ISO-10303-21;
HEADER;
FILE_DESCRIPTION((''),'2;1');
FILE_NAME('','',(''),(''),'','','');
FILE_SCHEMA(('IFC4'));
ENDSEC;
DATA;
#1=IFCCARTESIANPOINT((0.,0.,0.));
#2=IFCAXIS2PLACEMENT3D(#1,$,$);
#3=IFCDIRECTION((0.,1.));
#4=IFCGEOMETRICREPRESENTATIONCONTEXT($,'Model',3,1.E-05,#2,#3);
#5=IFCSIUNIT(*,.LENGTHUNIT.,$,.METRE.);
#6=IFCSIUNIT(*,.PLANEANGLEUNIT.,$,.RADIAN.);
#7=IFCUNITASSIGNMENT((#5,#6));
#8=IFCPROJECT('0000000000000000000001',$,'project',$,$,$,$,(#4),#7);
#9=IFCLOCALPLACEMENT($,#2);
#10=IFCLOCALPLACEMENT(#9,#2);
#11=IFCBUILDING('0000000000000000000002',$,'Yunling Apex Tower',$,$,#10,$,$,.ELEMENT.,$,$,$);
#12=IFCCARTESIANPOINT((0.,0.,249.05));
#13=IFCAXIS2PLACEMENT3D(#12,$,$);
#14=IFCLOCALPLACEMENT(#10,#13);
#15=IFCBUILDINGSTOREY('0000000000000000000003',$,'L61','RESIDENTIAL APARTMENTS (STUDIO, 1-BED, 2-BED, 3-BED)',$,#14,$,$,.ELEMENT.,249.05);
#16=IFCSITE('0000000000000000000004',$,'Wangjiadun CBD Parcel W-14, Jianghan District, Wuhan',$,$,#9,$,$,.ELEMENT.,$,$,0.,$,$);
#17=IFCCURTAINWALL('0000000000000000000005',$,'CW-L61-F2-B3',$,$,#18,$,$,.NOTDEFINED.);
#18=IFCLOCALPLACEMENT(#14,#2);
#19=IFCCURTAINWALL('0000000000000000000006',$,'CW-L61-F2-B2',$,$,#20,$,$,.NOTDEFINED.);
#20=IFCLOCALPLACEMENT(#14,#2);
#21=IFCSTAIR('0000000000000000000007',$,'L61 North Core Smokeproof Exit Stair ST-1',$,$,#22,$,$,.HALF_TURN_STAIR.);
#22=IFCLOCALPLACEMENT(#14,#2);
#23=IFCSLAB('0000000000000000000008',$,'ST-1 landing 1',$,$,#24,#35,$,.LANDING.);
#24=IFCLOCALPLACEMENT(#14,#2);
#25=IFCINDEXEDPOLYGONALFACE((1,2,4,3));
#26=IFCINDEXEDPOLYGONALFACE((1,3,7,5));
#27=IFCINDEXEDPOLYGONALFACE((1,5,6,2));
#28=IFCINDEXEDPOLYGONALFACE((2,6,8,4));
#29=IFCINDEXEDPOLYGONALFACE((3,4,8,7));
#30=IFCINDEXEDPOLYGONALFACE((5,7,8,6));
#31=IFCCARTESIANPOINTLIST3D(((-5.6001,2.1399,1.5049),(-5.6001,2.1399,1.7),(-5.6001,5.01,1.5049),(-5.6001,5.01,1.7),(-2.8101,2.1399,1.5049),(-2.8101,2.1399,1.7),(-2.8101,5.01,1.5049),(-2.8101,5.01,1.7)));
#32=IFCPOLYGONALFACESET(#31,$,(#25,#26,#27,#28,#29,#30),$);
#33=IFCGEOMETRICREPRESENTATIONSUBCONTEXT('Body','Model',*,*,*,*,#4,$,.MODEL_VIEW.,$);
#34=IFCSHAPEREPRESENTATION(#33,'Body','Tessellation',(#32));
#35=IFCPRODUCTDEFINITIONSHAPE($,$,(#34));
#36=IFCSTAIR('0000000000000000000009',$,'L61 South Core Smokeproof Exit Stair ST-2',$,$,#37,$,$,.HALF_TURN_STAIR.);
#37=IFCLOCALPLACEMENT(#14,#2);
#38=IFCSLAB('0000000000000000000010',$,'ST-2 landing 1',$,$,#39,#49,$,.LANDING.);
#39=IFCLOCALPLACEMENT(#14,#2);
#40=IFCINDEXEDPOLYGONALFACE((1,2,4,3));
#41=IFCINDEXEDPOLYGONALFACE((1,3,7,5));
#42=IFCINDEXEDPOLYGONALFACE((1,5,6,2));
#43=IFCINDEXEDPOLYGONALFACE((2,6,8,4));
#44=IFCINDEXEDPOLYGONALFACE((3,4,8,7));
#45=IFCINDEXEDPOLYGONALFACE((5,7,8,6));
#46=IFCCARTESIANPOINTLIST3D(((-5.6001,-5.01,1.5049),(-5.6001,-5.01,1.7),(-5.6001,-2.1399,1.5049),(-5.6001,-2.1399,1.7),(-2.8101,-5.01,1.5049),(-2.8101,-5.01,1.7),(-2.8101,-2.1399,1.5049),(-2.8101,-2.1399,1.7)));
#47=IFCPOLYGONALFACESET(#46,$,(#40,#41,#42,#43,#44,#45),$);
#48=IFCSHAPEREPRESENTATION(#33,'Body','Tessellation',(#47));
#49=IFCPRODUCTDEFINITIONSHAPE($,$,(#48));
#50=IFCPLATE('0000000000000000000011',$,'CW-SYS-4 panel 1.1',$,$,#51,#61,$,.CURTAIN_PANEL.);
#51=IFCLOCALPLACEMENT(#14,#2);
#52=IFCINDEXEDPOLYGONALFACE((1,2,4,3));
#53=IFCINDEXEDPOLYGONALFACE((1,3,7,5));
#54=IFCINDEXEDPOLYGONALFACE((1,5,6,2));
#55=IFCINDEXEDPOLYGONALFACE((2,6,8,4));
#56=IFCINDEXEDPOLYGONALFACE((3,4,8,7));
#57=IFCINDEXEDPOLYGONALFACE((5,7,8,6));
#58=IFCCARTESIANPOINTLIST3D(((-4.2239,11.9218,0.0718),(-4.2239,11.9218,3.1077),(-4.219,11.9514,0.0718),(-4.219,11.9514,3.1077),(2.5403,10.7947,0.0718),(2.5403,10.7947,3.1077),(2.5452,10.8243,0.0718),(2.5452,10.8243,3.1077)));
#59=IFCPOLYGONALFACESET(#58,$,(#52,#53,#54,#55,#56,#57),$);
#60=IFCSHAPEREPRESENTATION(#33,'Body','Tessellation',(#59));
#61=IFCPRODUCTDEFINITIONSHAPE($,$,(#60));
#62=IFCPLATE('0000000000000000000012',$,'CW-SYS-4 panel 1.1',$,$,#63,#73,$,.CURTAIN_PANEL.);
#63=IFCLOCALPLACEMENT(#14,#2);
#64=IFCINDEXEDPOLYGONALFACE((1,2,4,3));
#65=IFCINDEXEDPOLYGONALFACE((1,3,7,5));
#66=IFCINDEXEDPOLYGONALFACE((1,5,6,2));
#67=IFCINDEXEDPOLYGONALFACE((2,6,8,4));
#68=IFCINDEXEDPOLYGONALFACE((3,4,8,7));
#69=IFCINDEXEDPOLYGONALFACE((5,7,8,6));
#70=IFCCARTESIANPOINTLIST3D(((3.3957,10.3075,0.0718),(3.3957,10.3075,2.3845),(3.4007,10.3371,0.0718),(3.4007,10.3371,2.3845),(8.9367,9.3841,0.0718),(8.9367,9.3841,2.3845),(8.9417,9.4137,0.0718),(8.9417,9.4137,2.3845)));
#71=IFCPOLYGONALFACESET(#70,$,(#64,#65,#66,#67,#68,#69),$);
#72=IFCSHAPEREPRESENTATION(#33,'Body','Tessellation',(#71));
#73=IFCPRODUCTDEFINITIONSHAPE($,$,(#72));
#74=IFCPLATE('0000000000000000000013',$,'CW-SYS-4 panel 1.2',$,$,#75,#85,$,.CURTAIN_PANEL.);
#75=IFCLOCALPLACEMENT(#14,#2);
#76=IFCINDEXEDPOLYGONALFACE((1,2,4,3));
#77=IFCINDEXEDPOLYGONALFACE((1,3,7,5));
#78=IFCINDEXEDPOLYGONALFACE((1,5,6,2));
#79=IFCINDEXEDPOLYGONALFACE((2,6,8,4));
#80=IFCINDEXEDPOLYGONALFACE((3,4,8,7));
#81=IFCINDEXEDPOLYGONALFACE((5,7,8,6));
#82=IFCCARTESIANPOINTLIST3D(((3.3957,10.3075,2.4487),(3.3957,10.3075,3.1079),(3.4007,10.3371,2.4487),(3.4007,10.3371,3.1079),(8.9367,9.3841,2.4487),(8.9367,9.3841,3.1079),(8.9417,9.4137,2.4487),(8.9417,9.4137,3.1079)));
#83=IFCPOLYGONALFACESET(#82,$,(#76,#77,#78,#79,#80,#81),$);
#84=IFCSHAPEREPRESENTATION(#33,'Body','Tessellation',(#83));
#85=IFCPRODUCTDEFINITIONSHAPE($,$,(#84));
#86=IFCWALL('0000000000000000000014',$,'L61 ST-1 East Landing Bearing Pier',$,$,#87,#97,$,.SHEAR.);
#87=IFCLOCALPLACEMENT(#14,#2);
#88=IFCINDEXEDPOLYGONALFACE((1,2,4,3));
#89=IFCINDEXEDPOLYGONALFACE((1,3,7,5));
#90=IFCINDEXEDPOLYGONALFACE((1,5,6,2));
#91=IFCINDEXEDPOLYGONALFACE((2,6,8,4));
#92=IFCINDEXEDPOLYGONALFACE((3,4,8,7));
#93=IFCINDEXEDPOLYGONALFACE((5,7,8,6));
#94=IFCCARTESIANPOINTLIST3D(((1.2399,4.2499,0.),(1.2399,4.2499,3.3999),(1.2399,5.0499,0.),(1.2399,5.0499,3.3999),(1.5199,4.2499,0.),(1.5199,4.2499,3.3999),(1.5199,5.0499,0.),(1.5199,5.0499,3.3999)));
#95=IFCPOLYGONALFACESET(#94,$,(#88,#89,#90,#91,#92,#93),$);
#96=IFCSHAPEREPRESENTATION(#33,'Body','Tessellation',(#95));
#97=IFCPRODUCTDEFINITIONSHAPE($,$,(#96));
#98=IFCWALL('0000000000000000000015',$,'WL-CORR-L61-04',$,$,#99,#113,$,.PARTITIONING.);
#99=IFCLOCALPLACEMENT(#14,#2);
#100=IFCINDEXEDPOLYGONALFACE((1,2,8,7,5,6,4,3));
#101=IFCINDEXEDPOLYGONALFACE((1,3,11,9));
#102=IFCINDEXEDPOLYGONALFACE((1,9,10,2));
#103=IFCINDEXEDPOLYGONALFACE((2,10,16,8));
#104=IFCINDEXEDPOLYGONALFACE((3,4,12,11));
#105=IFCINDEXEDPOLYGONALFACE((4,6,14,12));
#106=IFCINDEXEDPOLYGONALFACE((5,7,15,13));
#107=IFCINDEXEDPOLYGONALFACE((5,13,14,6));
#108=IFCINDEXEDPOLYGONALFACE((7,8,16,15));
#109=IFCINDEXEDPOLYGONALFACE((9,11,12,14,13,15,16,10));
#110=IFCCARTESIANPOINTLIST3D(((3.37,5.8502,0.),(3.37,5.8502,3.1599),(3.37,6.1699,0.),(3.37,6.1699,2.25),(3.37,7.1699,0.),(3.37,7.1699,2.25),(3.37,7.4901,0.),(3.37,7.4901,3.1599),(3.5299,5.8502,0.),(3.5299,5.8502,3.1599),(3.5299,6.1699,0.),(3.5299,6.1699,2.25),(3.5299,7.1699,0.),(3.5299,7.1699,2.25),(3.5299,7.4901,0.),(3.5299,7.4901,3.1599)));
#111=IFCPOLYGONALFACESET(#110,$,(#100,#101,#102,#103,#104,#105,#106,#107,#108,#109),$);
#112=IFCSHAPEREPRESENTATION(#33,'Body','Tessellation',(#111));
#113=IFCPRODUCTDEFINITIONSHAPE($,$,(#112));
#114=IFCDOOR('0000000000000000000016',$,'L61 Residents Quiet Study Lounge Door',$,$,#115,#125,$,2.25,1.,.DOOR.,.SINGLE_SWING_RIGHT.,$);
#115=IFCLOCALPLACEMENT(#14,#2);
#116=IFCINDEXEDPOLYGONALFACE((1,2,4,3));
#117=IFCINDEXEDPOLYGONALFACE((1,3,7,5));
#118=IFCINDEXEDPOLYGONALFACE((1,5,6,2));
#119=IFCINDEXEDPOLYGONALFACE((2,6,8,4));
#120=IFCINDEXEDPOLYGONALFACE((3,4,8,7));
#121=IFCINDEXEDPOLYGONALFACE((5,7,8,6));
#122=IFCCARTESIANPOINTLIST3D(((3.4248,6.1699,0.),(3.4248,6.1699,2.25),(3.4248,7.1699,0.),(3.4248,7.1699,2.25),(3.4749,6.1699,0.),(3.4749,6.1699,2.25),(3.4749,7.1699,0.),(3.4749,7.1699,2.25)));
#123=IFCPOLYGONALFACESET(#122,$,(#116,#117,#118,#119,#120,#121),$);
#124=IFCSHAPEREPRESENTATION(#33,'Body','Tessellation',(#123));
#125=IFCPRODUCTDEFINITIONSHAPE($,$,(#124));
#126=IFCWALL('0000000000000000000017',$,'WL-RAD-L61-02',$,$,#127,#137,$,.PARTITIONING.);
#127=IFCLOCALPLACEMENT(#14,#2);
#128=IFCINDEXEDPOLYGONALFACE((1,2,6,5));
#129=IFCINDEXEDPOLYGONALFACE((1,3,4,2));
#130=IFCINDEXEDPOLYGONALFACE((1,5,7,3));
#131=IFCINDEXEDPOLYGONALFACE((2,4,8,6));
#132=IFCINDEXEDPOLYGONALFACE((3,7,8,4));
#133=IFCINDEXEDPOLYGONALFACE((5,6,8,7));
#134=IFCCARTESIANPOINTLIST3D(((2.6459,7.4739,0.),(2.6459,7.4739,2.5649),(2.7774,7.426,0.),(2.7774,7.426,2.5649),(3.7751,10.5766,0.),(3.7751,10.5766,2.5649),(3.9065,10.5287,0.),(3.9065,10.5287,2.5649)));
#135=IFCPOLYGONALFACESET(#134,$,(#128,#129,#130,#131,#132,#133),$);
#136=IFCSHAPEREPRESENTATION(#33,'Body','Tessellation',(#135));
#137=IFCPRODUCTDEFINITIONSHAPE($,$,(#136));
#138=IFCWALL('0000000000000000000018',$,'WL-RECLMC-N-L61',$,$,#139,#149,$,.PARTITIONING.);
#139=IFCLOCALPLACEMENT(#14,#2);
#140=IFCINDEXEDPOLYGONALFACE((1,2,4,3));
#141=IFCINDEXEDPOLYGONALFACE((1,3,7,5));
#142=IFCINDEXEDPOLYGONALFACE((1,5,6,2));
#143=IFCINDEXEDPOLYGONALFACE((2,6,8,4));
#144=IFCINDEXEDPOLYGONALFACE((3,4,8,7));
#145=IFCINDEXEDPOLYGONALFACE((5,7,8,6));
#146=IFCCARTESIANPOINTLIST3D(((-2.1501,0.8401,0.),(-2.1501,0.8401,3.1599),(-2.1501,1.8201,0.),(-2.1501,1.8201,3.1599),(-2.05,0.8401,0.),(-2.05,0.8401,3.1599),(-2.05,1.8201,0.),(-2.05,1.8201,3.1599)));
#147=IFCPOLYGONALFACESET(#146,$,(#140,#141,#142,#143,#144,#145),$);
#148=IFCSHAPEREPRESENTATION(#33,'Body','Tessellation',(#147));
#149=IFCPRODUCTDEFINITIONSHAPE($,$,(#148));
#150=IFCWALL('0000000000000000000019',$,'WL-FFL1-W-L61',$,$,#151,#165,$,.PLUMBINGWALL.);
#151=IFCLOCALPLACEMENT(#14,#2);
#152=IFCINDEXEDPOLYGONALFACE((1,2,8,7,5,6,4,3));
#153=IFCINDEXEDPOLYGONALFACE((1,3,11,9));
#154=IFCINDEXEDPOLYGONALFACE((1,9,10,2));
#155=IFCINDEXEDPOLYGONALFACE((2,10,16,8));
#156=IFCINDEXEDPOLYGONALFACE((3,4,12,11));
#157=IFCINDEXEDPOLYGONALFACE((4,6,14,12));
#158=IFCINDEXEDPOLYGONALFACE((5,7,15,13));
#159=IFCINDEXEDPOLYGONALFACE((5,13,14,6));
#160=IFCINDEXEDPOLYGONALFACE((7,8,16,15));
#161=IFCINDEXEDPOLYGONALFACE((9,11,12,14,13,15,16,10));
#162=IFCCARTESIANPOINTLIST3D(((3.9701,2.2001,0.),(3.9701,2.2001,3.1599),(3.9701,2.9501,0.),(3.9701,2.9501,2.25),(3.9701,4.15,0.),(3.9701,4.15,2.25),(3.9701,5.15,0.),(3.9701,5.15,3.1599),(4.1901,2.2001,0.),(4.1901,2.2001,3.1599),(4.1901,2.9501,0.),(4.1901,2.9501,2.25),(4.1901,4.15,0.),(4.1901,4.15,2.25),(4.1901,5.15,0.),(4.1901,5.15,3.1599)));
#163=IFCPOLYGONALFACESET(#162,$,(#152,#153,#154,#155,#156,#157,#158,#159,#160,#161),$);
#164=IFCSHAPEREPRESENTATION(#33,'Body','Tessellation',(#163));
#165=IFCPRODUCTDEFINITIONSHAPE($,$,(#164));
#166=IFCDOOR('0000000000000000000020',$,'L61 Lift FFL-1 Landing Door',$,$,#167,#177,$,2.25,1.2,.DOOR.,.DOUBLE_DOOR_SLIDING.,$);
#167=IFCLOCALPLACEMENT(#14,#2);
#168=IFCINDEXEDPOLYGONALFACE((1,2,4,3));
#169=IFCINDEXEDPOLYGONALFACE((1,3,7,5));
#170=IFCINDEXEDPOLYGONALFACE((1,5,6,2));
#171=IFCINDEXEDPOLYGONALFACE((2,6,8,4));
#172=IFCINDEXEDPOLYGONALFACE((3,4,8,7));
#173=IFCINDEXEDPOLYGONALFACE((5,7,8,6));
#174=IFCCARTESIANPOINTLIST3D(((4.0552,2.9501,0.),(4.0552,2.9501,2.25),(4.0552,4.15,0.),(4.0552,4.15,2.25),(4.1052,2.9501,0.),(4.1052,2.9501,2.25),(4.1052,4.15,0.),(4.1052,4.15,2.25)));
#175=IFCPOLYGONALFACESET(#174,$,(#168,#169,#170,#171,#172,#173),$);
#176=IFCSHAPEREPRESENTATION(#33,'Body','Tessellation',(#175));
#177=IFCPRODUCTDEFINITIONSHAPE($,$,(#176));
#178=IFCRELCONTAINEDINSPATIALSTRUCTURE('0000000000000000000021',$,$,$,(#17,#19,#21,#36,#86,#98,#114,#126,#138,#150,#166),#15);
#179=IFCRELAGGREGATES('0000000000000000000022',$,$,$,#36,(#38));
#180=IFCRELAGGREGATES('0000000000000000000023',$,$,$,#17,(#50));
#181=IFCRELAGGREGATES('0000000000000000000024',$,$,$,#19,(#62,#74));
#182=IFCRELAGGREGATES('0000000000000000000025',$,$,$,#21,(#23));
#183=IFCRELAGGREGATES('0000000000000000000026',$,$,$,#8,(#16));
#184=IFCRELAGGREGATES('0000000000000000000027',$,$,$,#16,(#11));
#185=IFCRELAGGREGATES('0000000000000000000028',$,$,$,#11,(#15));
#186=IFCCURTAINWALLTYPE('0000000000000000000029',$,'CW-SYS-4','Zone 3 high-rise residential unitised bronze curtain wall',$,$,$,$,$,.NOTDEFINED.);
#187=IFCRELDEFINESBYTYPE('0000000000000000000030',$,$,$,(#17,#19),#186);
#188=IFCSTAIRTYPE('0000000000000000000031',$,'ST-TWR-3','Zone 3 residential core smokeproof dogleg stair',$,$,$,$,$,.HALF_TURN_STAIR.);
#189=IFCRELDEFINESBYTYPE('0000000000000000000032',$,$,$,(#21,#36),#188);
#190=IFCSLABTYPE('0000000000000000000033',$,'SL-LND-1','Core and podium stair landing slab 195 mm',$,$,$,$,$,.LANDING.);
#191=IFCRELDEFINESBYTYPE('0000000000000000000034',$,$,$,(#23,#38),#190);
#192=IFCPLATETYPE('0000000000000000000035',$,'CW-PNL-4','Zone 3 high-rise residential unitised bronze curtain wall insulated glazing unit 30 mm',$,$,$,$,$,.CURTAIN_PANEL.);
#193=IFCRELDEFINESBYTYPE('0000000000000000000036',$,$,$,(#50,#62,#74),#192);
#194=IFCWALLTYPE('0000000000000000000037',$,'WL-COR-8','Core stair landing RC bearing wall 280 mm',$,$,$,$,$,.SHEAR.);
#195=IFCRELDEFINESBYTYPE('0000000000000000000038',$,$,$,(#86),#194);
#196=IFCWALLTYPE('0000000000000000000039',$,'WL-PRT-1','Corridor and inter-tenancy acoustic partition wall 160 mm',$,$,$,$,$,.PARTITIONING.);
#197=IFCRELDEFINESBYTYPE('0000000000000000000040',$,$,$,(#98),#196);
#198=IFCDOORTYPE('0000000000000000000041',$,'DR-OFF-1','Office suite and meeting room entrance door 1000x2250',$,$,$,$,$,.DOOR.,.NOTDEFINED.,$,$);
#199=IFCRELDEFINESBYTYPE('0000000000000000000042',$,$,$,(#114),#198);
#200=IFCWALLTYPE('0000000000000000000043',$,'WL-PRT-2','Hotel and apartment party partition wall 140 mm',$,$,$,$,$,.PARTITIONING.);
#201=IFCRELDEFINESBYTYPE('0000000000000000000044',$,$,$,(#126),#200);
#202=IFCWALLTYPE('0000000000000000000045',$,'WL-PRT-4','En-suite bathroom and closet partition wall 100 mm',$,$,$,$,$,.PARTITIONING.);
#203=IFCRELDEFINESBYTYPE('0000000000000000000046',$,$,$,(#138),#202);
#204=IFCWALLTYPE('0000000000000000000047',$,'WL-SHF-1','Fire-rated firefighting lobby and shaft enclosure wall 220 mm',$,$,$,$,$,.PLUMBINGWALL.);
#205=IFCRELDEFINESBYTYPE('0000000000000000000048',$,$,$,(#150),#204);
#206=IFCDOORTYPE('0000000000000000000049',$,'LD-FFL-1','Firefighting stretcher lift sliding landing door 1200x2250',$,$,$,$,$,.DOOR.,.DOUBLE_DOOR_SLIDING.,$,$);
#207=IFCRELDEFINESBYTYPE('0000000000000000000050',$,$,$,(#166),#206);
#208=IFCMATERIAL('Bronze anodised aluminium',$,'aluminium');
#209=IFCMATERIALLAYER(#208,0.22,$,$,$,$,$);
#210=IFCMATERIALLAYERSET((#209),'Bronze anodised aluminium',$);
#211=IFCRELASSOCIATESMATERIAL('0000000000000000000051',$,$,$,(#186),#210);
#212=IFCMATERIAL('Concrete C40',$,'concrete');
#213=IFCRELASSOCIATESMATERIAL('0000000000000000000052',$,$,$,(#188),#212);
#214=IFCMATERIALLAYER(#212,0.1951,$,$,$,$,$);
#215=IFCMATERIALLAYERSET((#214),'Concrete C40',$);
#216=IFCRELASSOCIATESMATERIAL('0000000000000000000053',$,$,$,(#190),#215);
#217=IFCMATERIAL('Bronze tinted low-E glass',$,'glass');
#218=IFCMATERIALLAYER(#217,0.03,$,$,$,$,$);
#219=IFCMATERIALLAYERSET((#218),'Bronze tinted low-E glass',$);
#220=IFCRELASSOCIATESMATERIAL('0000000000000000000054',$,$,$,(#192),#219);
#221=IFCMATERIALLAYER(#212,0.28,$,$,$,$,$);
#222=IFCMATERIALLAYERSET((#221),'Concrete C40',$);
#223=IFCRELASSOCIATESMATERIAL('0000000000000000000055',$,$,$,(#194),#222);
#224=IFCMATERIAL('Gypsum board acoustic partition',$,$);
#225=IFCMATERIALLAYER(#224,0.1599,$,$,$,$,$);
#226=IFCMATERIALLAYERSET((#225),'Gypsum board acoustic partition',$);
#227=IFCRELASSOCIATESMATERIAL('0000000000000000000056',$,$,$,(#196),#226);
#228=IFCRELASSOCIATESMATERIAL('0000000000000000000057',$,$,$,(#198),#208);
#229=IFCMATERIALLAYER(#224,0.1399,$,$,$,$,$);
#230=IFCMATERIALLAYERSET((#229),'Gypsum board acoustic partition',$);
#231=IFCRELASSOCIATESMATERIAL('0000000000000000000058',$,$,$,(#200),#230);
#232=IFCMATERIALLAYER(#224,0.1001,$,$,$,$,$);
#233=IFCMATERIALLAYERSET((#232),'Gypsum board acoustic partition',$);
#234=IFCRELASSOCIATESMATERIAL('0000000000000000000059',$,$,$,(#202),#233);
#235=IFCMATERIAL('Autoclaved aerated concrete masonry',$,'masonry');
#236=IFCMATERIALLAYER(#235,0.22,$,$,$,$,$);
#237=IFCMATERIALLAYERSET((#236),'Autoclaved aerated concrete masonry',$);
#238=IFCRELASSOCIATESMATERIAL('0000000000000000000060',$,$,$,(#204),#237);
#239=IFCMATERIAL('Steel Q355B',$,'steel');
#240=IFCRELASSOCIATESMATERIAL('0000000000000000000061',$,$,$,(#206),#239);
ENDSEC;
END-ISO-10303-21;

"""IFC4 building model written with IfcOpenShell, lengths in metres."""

from ifc_helpers import new_model, si_unit, direction, frame, frame_2d, origin, origin_2d, place, context, subcontext, project, spatial, polyline, rectangle, outline, extrude, source, transform, mapped, material, layer, layer_set, type_object, element, fill, aggregate, save


model = new_model("IFC4")

# Units and contexts
model_context = context("Model", 3, precision=1e-05, world=origin(), true_north=direction((0.0, 1.0)))
body_context = subcontext(model_context, "Body", "Model", "MODEL_VIEW")
ifc_project = project(units=[si_unit("LENGTHUNIT", "METRE"), si_unit("PLANEANGLEUNIT", "RADIAN")], contexts=[model_context])

# Site, building, storey
site_placement = place(None, origin())
site = spatial("IfcSite", under=ifc_project, at=site_placement, Name="Wangjiadun CBD Parcel W-14, Jianghan District, Wuhan", CompositionType="ELEMENT", RefElevation=0.0)
building_placement = place(site_placement, origin())
building = spatial("IfcBuilding", under=site, at=building_placement, Name="Yunling Apex Tower", CompositionType="ELEMENT")
storey_placement = place(building_placement, frame((0.0, 0.0, 249.05)))
storey = spatial("IfcBuildingStorey", under=building, at=storey_placement, Name="L61", Description="RESIDENTIAL APARTMENTS (STUDIO, 1-BED, 2-BED, 3-BED)", CompositionType="ELEMENT", Elevation=249.05)

# Shared definitions
ifc_material_1 = material(Name="Steel Q355B", Category="steel")

# Curtain wall
ifc_material_2 = material(Name="Bronze anodised aluminium", Category="aluminium")
ifc_layer_1 = layer(ifc_material_2, 0.22)
ifc_layer_set_1 = layer_set([ifc_layer_1], Name="Bronze anodised aluminium")
curtain_wall_type = type_object("IfcCurtainWallType", Name="CW-SYS-4", Description="Zone 3 high-rise residential unitised bronze curtain wall", PredefinedType="NOTDEFINED", material=ifc_layer_set_1)
curtain_wall_1_placement = place(storey_placement, origin())
curtain_wall_1 = element("IfcCurtainWall", 1, at=curtain_wall_1_placement, inside=storey, type_object=curtain_wall_type, Name="CW-L61-F2-B3", PredefinedType="NOTDEFINED")

# Curtain wall
curtain_wall_2_placement = place(storey_placement, origin())
curtain_wall_2 = element("IfcCurtainWall", 2, at=curtain_wall_2_placement, inside=storey, type_object=curtain_wall_type, Name="CW-L61-F2-B2", PredefinedType="NOTDEFINED")

# Shared definitions
ifc_material_3 = material(Name="Concrete C40", Category="concrete")

# Stairs, slabs
stair_type = type_object("IfcStairType", Name="ST-TWR-3", Description="Zone 3 residential core smokeproof dogleg stair", PredefinedType="HALF_TURN_STAIR", material=ifc_material_3)
stair_1_placement = place(storey_placement, origin())
stair_1 = element("IfcStair", 3, at=stair_1_placement, inside=storey, type_object=stair_type, Name="L61 North Core Smokeproof Exit Stair ST-1", PredefinedType="HALF_TURN_STAIR")
ifc_layer_2 = layer(ifc_material_3, 0.1951)
ifc_layer_set_2 = layer_set([ifc_layer_2], Name="Concrete C40")
slab_type_1 = type_object("IfcSlabType", Name="SL-LND-1", Description="Core and podium stair landing slab 195 mm", PredefinedType="LANDING", material=ifc_layer_set_2)
slab_1_placement = place(storey_placement, frame((0.0, 0.0, 1.5049)))
slab_1 = element("IfcSlab", 4, at=slab_1_placement, type_object=slab_type_1, Name="ST-1 landing 1", PredefinedType="LANDING", context=body_context, shape_type="SweptSolid", body=[
    extrude(outline(polyline([(-2.8101, 5.01), (-5.6001, 5.01), (-5.6001, 2.1399), (-2.8101, 2.1399), (-2.8101, 5.01)])), origin(), (0.0, 0.0, 1.0), 0.1951),
])
stair_2_placement = place(storey_placement, origin())
stair_2 = element("IfcStair", 5, at=stair_2_placement, inside=storey, type_object=stair_type, Name="L61 South Core Smokeproof Exit Stair ST-2", PredefinedType="HALF_TURN_STAIR")
slab_2_placement = place(storey_placement, frame((0.0, 0.0, 1.5049)))
slab_2 = element("IfcSlab", 6, at=slab_2_placement, type_object=slab_type_1, Name="ST-2 landing 1", PredefinedType="LANDING", context=body_context, shape_type="SweptSolid", body=[
    extrude(outline(polyline([(-2.8101, -2.1399), (-5.6001, -2.1399), (-5.6001, -5.01), (-2.8101, -5.01), (-2.8101, -2.1399)])), origin(), (0.0, 0.0, 1.0), 0.1951),
])
aggregate(stair_2, [slab_2])

# Plates
ifc_material_4 = material(Name="Bronze tinted low-E glass", Category="glass")
ifc_layer_3 = layer(ifc_material_4, 0.03)
ifc_layer_set_3 = layer_set([ifc_layer_3], Name="Bronze tinted low-E glass")
plate_type = type_object("IfcPlateType", Name="CW-PNL-4", Description="Zone 3 high-rise residential unitised bronze curtain wall insulated glazing unit 30 mm", PredefinedType="CURTAIN_PANEL", material=ifc_layer_set_3)
shared_shape_1 = source(origin(), body_context, "Body", "SweptSolid", [
    extrude(rectangle(XDim=6.8574, YDim=0.03, at=origin_2d()), origin(), (0.0, 0.0, 1.0), 3.0359),
])
plate_1_placement = place(storey_placement, frame((-0.8394, 11.373, 0.0718), z_axis=(0.0, 0.0, 1.0), x_axis=(-0.986402, 0.164353, 0.0)))
plate_1 = element("IfcPlate", 7, at=plate_1_placement, type_object=plate_type, Name="CW-SYS-4 panel 1.1", PredefinedType="CURTAIN_PANEL", context=body_context, shape_type="MappedRepresentation", body=[
    mapped(shared_shape_1, transform((0.0, 0.0, 0.0), scale=1.0)),
])
aggregate(curtain_wall_1, [plate_1])
shared_shape_2 = source(origin(), body_context, "Body", "SweptSolid", [
    extrude(rectangle(XDim=5.6174, YDim=0.03, at=origin_2d()), origin(), (0.0, 0.0, 1.0), 2.3127),
])
plate_2_placement = place(storey_placement, frame((6.1687, 9.8606, 0.0718), z_axis=(0.0, 0.0, 1.0), x_axis=(-0.986399, 0.164371, 0.0)))
plate_2 = element("IfcPlate", 8, at=plate_2_placement, type_object=plate_type, Name="CW-SYS-4 panel 1.1", PredefinedType="CURTAIN_PANEL", context=body_context, shape_type="MappedRepresentation", body=[
    mapped(shared_shape_2, transform((0.0, 0.0, 0.0), scale=1.0)),
])
shared_shape_3 = source(origin(), body_context, "Body", "SweptSolid", [
    extrude(rectangle(XDim=5.6174, YDim=0.03, at=origin_2d()), origin(), (0.0, 0.0, 1.0), 0.6592),
])
plate_3_placement = place(storey_placement, frame((6.1687, 9.8606, 2.4487), z_axis=(0.0, 0.0, 1.0), x_axis=(-0.986399, 0.164371, 0.0)))
plate_3 = element("IfcPlate", 9, at=plate_3_placement, type_object=plate_type, Name="CW-SYS-4 panel 1.2", PredefinedType="CURTAIN_PANEL", context=body_context, shape_type="MappedRepresentation", body=[
    mapped(shared_shape_3, transform((0.0, 0.0, 0.0), scale=1.0)),
])
aggregate(curtain_wall_2, [plate_2, plate_3])

# Wall
ifc_layer_4 = layer(ifc_material_3, 0.28)
ifc_layer_set_4 = layer_set([ifc_layer_4], Name="Concrete C40")
wall_type_1 = type_object("IfcWallType", Name="WL-COR-8", Description="Core stair landing RC bearing wall 280 mm", PredefinedType="SHEAR", material=ifc_layer_set_4)
wall_1_placement = place(storey_placement, frame((1.3799, 4.25, 0.0), z_axis=(0.0, 0.0, 1.0), x_axis=(0.0, 1.0, 0.0)))
element("IfcWall", 10, at=wall_1_placement, inside=storey, type_object=wall_type_1, Name="L61 ST-1 East Landing Bearing Pier", PredefinedType="SHEAR", context=body_context, shape_type="SweptSolid", body=[
    extrude(rectangle(XDim=0.8, YDim=0.28, at=frame_2d((0.3999, 0.0))), origin(), (0.0, 0.0, 1.0), 3.3999),
])

# Wall, opening, door
ifc_material_5 = material(Name="Gypsum board acoustic partition")
ifc_layer_5 = layer(ifc_material_5, 0.1599)
ifc_layer_set_5 = layer_set([ifc_layer_5], Name="Gypsum board acoustic partition")
wall_type_2 = type_object("IfcWallType", Name="WL-PRT-1", Description="Corridor and inter-tenancy acoustic partition wall 160 mm", PredefinedType="PARTITIONING", material=ifc_layer_set_5)
wall_2_placement = place(storey_placement, frame((3.45, 7.49, 0.0), z_axis=(0.0, 0.0, 1.0), x_axis=(0.0, -1.0, 0.0)))
wall_2 = element("IfcWall", 11, at=wall_2_placement, inside=storey, type_object=wall_type_2, Name="WL-CORR-L61-04", PredefinedType="PARTITIONING", context=body_context, shape_type="SweptSolid", body=[
    extrude(rectangle(XDim=1.6399, YDim=0.1599, at=frame_2d((0.8198, 0.0))), origin(), (0.0, 0.0, 1.0), 3.1599),
])
opening_1_placement = place(wall_2_placement, frame((0.3201, 0.0, 0.0)))
opening_1 = element("IfcOpeningElement", 12, at=opening_1_placement, cuts=wall_2, PredefinedType="OPENING", context=body_context, shape_type="SweptSolid", body=[
    extrude(rectangle(XDim=1.0, YDim=2.25, at=frame_2d((0.5, 1.125))), frame((0.0, 0.0898, 0.0), z_axis=(0.0, -1.0, 0.0), x_axis=(1.0, 0.0, 0.0)), (0.0, 0.0, 1.0), 0.1799),
])
door_type_1 = type_object("IfcDoorType", Name="DR-OFF-1", Description="Office suite and meeting room entrance door 1000x2250", OperationType="NOTDEFINED", PredefinedType="DOOR", material=ifc_material_2)
door_1_placement = place(opening_1_placement, origin())
door_1 = element("IfcDoor", 13, at=door_1_placement, inside=storey, type_object=door_type_1, Name="L61 Residents Quiet Study Lounge Door", OperationType="SINGLE_SWING_RIGHT", OverallHeight=2.25, OverallWidth=1.0, PredefinedType="DOOR", context=body_context, shape_type="SweptSolid", body=[
    extrude(rectangle(XDim=1.0, YDim=2.25, at=frame_2d((0.5, 1.125))), frame((0.0, 0.0249, 0.0), z_axis=(0.0, -1.0, 0.0), x_axis=(1.0, 0.0, 0.0)), (0.0, 0.0, 1.0), 0.05),
])
fill(opening_1, door_1)

# Walls
ifc_layer_6 = layer(ifc_material_5, 0.1399)
ifc_layer_set_6 = layer_set([ifc_layer_6], Name="Gypsum board acoustic partition")
wall_type_3 = type_object("IfcWallType", Name="WL-PRT-2", Description="Hotel and apartment party partition wall 140 mm", PredefinedType="PARTITIONING", material=ifc_layer_set_6)
wall_3_placement = place(storey_placement, frame((2.7117, 7.45, 0.0), z_axis=(0.0, 0.0, 1.0), x_axis=(0.341975, 0.939709, 0.0)))
element("IfcWall", 14, at=wall_3_placement, inside=storey, type_object=wall_type_3, Name="WL-RAD-L61-02", PredefinedType="PARTITIONING", context=body_context, shape_type="SweptSolid", body=[
    extrude(rectangle(XDim=3.3018, YDim=0.1399, at=frame_2d((1.6509, 0.0))), origin(), (0.0, 0.0, 1.0), 2.5649),
])
ifc_layer_7 = layer(ifc_material_5, 0.1001)
ifc_layer_set_7 = layer_set([ifc_layer_7], Name="Gypsum board acoustic partition")
wall_type_4 = type_object("IfcWallType", Name="WL-PRT-4", Description="En-suite bathroom and closet partition wall 100 mm", PredefinedType="PARTITIONING", material=ifc_layer_set_7)
wall_4_placement = place(storey_placement, frame((-2.1001, 0.8401, 0.0), z_axis=(0.0, 0.0, 1.0), x_axis=(0.0, 1.0, 0.0)))
element("IfcWall", 15, at=wall_4_placement, inside=storey, type_object=wall_type_4, Name="WL-RECLMC-N-L61", PredefinedType="PARTITIONING", context=body_context, shape_type="SweptSolid", body=[
    extrude(rectangle(XDim=0.98, YDim=0.1001, at=frame_2d((0.49, 0.0))), origin(), (0.0, 0.0, 1.0), 3.1599),
])

# Wall, opening, door
ifc_material_6 = material(Name="Autoclaved aerated concrete masonry", Category="masonry")
ifc_layer_8 = layer(ifc_material_6, 0.22)
ifc_layer_set_8 = layer_set([ifc_layer_8], Name="Autoclaved aerated concrete masonry")
wall_type_5 = type_object("IfcWallType", Name="WL-SHF-1", Description="Fire-rated firefighting lobby and shaft enclosure wall 220 mm", PredefinedType="PLUMBINGWALL", material=ifc_layer_set_8)
wall_5_placement = place(storey_placement, frame((4.0801, 2.2, 0.0), z_axis=(0.0, 0.0, 1.0), x_axis=(0.0, 1.0, 0.0)))
wall_5 = element("IfcWall", 16, at=wall_5_placement, inside=storey, type_object=wall_type_5, Name="WL-FFL1-W-L61", PredefinedType="PLUMBINGWALL", context=body_context, shape_type="SweptSolid", body=[
    extrude(rectangle(XDim=2.95, YDim=0.22, at=frame_2d((1.4751, 0.0))), origin(), (0.0, 0.0, 1.0), 3.1599),
])
opening_2_placement = place(wall_5_placement, frame((0.75, 0.0, 0.0)))
opening_2 = element("IfcOpeningElement", 17, at=opening_2_placement, cuts=wall_5, PredefinedType="OPENING", context=body_context, shape_type="SweptSolid", body=[
    extrude(rectangle(XDim=1.2, YDim=2.25, at=frame_2d((0.6001, 1.125))), frame((0.0, 0.1201, 0.0), z_axis=(0.0, -1.0, 0.0), x_axis=(1.0, 0.0, 0.0)), (0.0, 0.0, 1.0), 0.24),
])
door_type_2 = type_object("IfcDoorType", Name="LD-FFL-1", Description="Firefighting stretcher lift sliding landing door 1200x2250", OperationType="DOUBLE_DOOR_SLIDING", PredefinedType="DOOR", material=ifc_material_1)
door_2_placement = place(opening_2_placement, origin())
door_2 = element("IfcDoor", 18, at=door_2_placement, inside=storey, type_object=door_type_2, Name="L61 Lift FFL-1 Landing Door", OperationType="DOUBLE_DOOR_SLIDING", OverallHeight=2.25, OverallWidth=1.2, PredefinedType="DOOR", context=body_context, shape_type="SweptSolid", body=[
    extrude(rectangle(XDim=1.2, YDim=2.25, at=frame_2d((0.6001, 1.125))), frame((0.0, 0.0249, 0.0), z_axis=(0.0, -1.0, 0.0), x_axis=(1.0, 0.0, 0.0)), (0.0, 0.0, 1.0), 0.05),
])
fill(opening_2, door_2)

aggregate(stair_1, [slab_1])

save(model, "model.ifc")
